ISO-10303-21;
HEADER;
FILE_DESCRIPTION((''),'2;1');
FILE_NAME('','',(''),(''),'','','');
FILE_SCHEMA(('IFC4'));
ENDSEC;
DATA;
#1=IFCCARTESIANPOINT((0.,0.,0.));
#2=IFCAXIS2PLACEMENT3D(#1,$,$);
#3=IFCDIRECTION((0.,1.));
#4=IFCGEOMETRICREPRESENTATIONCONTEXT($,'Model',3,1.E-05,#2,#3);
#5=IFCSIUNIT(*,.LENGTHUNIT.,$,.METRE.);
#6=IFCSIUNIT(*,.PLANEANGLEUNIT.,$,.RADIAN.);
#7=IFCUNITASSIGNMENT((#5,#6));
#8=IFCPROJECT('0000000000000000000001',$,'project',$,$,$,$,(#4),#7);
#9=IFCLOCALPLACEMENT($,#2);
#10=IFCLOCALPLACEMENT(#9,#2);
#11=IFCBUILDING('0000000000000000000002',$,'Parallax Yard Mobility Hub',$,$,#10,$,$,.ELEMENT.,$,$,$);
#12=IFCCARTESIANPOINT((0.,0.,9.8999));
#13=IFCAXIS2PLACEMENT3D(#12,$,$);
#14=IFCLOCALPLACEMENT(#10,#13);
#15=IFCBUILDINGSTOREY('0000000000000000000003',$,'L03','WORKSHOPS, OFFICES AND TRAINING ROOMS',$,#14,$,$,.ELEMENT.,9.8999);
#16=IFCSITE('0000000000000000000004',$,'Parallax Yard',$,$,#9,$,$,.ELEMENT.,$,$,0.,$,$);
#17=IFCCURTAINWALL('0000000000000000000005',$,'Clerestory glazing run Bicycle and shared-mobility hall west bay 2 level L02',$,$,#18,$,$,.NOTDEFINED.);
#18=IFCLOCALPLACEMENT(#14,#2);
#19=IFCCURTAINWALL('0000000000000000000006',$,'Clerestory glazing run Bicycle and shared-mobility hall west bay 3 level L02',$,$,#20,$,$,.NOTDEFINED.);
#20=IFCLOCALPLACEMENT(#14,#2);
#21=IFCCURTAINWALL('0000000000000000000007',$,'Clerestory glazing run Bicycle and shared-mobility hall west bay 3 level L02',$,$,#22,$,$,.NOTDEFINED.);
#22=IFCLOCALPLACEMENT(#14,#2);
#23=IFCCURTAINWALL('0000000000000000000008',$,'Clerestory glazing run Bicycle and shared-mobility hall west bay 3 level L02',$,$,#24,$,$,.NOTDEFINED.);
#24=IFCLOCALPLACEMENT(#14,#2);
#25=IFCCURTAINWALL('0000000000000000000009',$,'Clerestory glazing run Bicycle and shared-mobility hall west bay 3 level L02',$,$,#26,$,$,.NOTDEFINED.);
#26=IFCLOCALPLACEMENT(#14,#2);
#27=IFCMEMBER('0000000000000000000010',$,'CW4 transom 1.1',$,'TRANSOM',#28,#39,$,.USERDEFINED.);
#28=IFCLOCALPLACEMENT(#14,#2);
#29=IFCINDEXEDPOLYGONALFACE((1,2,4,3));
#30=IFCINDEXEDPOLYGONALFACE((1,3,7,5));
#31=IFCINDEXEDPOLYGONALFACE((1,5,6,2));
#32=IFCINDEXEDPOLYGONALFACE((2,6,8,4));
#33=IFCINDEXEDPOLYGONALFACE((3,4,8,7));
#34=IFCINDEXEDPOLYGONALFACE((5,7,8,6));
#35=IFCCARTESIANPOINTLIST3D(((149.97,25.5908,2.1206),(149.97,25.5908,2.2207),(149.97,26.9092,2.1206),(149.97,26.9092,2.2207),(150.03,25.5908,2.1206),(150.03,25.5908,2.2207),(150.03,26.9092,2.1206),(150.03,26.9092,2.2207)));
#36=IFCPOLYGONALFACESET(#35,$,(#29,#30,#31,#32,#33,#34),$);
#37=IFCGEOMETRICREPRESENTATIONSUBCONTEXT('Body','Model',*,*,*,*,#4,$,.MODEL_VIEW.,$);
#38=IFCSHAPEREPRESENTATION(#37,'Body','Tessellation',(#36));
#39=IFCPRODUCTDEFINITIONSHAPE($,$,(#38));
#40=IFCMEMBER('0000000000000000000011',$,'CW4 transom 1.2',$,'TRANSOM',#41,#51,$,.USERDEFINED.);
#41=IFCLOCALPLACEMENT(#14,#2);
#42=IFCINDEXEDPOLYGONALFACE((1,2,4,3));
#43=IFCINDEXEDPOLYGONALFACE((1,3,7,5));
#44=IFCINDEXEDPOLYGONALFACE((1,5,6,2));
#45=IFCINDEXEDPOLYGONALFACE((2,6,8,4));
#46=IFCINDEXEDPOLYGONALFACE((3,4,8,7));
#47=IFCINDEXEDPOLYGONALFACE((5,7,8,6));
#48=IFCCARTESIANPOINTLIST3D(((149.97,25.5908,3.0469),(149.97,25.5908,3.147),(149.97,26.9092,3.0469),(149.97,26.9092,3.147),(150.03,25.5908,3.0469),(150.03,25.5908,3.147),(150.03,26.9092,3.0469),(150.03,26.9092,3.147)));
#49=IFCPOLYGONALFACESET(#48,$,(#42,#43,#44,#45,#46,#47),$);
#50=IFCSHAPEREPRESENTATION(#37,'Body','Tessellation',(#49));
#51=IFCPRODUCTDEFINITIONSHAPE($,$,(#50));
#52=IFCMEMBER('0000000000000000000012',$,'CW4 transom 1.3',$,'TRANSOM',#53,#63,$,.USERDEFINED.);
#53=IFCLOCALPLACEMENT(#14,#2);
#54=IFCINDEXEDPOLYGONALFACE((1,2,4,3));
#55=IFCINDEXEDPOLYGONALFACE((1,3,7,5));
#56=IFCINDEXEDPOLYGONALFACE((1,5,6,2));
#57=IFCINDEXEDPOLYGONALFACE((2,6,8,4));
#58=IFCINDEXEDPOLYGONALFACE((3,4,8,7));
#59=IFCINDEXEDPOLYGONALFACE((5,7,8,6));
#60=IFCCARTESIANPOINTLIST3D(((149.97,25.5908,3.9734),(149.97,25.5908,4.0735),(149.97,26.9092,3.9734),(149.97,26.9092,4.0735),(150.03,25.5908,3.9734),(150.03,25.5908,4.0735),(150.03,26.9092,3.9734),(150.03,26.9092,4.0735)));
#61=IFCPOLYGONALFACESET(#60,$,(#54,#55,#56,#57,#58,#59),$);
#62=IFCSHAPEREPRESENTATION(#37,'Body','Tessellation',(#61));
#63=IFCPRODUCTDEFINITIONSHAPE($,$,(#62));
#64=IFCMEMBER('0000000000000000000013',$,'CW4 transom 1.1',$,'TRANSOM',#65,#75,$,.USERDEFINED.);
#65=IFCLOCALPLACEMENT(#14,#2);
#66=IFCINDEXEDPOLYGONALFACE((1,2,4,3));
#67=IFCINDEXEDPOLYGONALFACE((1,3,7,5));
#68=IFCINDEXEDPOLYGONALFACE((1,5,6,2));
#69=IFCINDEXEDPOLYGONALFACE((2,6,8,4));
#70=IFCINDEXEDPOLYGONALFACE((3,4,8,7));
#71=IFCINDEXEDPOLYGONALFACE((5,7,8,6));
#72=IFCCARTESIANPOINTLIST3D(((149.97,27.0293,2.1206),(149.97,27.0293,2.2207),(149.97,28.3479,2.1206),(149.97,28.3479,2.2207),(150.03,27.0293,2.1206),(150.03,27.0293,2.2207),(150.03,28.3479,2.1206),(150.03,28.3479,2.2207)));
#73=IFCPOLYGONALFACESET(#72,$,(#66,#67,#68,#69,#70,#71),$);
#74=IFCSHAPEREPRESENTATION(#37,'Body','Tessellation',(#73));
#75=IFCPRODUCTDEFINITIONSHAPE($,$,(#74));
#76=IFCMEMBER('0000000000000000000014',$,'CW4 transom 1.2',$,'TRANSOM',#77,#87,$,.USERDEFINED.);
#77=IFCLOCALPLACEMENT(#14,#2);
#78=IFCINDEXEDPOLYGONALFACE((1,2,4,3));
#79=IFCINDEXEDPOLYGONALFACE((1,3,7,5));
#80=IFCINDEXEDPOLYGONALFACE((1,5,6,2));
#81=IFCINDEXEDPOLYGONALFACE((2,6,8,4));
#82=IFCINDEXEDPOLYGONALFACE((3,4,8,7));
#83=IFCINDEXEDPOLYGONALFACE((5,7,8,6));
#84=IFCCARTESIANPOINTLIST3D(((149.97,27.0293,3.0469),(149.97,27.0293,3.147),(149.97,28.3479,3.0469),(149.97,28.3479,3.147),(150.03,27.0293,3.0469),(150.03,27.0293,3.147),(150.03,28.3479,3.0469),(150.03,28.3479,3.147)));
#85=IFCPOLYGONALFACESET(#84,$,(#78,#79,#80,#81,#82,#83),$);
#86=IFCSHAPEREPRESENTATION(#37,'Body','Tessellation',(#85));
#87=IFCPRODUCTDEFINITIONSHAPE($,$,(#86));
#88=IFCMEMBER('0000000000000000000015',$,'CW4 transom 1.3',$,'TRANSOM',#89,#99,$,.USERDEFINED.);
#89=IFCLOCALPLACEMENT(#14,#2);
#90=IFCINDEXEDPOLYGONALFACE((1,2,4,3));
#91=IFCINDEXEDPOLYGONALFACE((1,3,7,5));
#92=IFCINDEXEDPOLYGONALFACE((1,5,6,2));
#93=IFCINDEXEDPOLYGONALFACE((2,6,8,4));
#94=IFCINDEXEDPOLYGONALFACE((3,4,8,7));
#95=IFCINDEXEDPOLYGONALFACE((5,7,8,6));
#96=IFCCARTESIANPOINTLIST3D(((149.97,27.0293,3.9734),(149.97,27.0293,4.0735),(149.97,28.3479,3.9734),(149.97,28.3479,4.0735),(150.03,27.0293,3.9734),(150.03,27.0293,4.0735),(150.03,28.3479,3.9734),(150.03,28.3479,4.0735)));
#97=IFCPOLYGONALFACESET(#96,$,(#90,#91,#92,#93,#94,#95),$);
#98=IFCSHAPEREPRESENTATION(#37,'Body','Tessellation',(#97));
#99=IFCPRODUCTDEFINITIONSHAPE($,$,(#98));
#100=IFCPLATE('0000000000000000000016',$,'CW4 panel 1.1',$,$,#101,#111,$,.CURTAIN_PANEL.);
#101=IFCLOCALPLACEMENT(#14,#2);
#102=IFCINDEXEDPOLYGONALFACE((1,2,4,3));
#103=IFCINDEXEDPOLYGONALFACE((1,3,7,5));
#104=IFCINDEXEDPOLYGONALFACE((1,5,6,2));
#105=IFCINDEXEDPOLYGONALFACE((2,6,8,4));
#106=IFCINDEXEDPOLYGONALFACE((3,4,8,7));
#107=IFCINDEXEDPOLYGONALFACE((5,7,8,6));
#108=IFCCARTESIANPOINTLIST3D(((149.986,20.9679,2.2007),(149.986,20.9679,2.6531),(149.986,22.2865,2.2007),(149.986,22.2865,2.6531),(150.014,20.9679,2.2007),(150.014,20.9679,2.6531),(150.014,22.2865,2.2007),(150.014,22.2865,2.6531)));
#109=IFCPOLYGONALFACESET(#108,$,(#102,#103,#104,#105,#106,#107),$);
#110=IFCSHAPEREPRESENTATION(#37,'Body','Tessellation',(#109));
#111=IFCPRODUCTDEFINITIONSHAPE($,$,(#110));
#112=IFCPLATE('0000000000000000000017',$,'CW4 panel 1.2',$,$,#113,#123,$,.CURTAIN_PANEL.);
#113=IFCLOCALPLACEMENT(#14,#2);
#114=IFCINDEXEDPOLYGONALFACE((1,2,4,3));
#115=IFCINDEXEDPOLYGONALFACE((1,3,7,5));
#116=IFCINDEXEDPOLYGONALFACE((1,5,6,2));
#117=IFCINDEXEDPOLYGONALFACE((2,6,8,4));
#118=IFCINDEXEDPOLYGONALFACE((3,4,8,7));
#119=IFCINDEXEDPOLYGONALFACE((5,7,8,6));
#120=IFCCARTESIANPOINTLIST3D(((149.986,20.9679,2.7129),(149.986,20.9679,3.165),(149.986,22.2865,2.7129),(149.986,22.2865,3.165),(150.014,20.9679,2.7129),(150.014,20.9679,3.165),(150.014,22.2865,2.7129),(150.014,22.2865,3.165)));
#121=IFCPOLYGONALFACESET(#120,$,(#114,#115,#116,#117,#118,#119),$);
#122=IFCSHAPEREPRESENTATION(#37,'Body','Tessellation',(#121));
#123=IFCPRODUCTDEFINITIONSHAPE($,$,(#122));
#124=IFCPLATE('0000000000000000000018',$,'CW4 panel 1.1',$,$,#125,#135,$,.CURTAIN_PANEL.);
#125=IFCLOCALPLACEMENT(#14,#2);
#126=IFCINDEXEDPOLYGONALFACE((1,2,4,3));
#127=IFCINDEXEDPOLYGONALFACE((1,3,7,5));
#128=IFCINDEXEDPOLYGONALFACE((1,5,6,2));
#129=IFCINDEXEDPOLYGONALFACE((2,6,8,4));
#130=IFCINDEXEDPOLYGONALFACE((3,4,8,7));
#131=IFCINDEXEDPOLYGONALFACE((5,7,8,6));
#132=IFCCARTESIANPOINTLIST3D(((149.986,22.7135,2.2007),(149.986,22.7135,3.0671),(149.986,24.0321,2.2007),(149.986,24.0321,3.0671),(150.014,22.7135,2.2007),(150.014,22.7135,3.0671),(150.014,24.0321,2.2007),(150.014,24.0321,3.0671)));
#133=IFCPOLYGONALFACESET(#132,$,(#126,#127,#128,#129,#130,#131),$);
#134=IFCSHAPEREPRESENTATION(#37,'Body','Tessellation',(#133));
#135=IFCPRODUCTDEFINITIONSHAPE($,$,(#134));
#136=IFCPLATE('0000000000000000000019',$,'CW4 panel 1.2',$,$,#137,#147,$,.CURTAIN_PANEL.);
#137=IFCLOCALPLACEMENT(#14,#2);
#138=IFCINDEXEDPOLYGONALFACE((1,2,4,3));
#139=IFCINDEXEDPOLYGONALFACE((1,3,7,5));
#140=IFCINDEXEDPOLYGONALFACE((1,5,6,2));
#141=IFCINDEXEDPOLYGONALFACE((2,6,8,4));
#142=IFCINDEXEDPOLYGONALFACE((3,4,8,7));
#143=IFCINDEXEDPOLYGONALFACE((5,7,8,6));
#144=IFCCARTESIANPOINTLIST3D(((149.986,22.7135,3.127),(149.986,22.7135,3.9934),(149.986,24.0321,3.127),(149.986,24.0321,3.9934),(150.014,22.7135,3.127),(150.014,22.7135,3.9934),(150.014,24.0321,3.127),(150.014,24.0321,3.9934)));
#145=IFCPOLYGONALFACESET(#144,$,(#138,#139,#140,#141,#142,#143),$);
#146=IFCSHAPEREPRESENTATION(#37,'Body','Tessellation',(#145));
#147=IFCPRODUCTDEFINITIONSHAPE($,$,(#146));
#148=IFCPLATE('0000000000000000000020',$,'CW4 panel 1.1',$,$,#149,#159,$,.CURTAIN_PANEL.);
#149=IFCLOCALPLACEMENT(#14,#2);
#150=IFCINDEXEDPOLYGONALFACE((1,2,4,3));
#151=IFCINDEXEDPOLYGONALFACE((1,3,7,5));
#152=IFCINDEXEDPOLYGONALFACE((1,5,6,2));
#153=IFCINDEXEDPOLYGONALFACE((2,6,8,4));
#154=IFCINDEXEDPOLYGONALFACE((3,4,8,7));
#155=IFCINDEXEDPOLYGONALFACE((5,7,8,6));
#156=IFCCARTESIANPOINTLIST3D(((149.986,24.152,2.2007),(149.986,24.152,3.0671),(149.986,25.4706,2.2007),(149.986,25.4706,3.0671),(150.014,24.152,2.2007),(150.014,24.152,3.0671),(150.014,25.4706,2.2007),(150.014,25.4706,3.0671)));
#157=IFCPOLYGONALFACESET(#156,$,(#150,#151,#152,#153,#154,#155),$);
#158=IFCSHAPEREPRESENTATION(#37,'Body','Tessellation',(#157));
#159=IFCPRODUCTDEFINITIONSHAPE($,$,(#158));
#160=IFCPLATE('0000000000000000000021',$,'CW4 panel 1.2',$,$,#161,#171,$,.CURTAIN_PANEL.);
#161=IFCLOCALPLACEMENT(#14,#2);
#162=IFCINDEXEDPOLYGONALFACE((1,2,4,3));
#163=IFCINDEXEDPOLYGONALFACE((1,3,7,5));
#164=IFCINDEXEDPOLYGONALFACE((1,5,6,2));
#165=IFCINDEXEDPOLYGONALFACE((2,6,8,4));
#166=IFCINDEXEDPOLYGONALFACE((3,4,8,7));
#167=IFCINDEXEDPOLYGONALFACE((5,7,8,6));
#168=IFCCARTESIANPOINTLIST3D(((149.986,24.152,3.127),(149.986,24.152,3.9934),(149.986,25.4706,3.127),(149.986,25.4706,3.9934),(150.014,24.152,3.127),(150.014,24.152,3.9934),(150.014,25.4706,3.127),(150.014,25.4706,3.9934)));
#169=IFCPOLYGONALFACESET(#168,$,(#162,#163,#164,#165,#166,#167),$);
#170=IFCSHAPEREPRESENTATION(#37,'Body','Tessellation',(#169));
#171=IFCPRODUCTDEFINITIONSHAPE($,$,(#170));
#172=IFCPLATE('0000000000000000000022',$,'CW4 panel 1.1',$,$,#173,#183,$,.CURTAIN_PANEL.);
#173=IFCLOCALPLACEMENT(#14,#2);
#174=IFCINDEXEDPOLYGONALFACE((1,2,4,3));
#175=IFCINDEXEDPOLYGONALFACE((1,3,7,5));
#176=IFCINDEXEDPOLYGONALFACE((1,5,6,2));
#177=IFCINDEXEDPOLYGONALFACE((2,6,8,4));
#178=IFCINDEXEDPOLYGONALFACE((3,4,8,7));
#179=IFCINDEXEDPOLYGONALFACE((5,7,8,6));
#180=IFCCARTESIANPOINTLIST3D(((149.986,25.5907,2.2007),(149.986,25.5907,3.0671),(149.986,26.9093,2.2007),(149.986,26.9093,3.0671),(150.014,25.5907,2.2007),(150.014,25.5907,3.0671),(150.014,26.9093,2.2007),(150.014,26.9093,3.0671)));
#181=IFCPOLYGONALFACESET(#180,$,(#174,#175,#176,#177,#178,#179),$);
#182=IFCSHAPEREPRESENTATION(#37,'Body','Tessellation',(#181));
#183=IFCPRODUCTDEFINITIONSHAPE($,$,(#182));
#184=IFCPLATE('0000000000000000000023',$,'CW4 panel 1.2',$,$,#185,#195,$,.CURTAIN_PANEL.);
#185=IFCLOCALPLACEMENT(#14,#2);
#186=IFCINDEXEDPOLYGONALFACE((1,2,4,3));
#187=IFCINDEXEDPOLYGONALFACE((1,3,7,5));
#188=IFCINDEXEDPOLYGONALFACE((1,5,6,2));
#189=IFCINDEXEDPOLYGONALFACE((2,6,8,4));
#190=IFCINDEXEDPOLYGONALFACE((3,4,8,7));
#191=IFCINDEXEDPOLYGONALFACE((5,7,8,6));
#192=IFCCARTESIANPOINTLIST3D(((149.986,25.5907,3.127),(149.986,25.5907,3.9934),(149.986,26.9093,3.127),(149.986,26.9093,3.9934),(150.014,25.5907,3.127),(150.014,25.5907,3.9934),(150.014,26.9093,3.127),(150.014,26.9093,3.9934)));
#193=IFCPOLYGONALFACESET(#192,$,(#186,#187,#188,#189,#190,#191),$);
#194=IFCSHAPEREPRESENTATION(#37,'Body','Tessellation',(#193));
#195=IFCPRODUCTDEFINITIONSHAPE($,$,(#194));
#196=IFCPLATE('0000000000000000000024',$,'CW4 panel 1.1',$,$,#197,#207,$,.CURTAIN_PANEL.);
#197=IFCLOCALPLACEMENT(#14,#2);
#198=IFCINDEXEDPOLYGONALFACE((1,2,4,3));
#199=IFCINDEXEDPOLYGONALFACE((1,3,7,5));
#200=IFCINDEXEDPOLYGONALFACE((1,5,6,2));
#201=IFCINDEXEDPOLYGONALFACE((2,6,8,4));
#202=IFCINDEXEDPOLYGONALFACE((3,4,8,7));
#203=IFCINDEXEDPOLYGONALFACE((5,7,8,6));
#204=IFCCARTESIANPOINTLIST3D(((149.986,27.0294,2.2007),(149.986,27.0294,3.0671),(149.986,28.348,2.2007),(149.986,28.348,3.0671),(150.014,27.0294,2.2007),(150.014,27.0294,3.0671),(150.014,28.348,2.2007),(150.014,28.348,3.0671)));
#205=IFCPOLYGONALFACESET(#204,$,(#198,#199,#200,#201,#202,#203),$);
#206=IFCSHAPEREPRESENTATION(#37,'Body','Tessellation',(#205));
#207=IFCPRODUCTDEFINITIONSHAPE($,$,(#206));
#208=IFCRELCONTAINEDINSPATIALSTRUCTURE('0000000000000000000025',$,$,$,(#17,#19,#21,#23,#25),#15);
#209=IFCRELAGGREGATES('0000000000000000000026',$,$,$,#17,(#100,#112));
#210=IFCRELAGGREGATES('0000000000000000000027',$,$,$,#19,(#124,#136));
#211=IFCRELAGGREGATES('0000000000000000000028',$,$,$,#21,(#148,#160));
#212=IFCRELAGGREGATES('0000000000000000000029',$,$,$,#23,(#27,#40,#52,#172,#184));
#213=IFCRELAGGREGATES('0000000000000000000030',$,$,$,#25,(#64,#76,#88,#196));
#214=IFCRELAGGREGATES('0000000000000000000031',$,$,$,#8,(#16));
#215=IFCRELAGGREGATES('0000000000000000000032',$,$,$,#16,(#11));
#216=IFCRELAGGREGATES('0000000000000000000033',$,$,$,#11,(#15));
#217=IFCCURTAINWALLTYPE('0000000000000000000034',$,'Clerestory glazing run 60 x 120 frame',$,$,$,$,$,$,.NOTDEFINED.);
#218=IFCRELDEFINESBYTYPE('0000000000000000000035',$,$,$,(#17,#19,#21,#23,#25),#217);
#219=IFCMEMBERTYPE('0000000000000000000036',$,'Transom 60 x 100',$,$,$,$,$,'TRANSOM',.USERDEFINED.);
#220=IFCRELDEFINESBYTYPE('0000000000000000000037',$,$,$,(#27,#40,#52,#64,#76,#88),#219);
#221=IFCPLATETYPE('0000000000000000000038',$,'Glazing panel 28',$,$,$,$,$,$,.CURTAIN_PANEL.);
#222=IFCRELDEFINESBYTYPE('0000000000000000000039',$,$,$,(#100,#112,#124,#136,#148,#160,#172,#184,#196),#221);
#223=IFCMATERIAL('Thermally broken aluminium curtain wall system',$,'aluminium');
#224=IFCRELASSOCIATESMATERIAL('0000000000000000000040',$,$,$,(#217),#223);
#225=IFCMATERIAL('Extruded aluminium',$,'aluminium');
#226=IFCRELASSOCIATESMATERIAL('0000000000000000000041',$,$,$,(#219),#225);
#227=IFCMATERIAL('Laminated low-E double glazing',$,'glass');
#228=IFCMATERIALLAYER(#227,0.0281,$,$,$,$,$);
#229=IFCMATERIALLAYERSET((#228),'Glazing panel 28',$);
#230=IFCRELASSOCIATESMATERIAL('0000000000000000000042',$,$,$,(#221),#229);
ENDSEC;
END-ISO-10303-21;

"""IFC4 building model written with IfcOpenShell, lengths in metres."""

from ifc_helpers import new_model, si_unit, direction, frame, origin, origin_2d, place, context, subcontext, project, spatial, rectangle, extrude, material, layer, layer_set, material_profile, profile_set, type_object, element, aggregate, save


model = new_model("IFC4")

# Units and contexts
model_context = context("Model", 3, precision=1e-05, world=origin(), true_north=direction((0.0, 1.0)))
body_context = subcontext(model_context, "Body", "Model", "MODEL_VIEW")
ifc_project = project(units=[si_unit("LENGTHUNIT", "METRE"), si_unit("PLANEANGLEUNIT", "RADIAN")], contexts=[model_context])

# Site, building, storey
site_placement = place(None, origin())
site = spatial("IfcSite", under=ifc_project, at=site_placement, Name="Parallax Yard", CompositionType="ELEMENT", RefElevation=0.0)
building_placement = place(site_placement, origin())
building = spatial("IfcBuilding", under=site, at=building_placement, Name="Parallax Yard Mobility Hub", CompositionType="ELEMENT")
storey_placement = place(building_placement, frame((0.0, 0.0, 9.8999)))
storey = spatial("IfcBuildingStorey", under=building, at=storey_placement, Name="L03", Description="WORKSHOPS, OFFICES AND TRAINING ROOMS", CompositionType="ELEMENT", Elevation=9.8999)

# Curtain wall
ifc_material_1 = material(Name="Thermally broken aluminium curtain wall system", Category="aluminium")
curtain_wall_type = type_object("IfcCurtainWallType", Name="Clerestory glazing run 60 x 120 frame", PredefinedType="NOTDEFINED", material=ifc_material_1)
curtain_wall_1_placement = place(storey_placement, origin())
curtain_wall_1 = element("IfcCurtainWall", 1, at=curtain_wall_1_placement, inside=storey, type_object=curtain_wall_type, Name="Clerestory glazing run Bicycle and shared-mobility hall west bay 2 level L02", PredefinedType="NOTDEFINED")
ifc_material_2 = material(Name="Extruded aluminium", Category="aluminium")

# Curtain walls
curtain_wall_2_placement = place(storey_placement, origin())
curtain_wall_2 = element("IfcCurtainWall", 2, at=curtain_wall_2_placement, inside=storey, type_object=curtain_wall_type, Name="Clerestory glazing run Bicycle and shared-mobility hall west bay 3 level L02", PredefinedType="NOTDEFINED")
curtain_wall_3_placement = place(storey_placement, origin())
curtain_wall_3 = element("IfcCurtainWall", 3, at=curtain_wall_3_placement, inside=storey, type_object=curtain_wall_type, Name="Clerestory glazing run Bicycle and shared-mobility hall west bay 3 level L02", PredefinedType="NOTDEFINED")
curtain_wall_4_placement = place(storey_placement, origin())
curtain_wall_4 = element("IfcCurtainWall", 4, at=curtain_wall_4_placement, inside=storey, type_object=curtain_wall_type, Name="Clerestory glazing run Bicycle and shared-mobility hall west bay 3 level L02", PredefinedType="NOTDEFINED")
curtain_wall_5_placement = place(storey_placement, origin())
curtain_wall_5 = element("IfcCurtainWall", 5, at=curtain_wall_5_placement, inside=storey, type_object=curtain_wall_type, Name="Clerestory glazing run Bicycle and shared-mobility hall west bay 3 level L02", PredefinedType="NOTDEFINED")

# Members
ifc_material_profile_1 = material_profile(ifc_material_2, rectangle(XDim=0.0601, YDim=0.1001, at=origin_2d()), Name="Transom 60 x 100")
ifc_profile_set_1 = profile_set([ifc_material_profile_1], Name="Extruded aluminium")
member_type_1 = type_object("IfcMemberType", Name="Transom 60 x 100", ElementType="TRANSOM", PredefinedType="USERDEFINED", material=ifc_profile_set_1)
member_1_placement = place(storey_placement, frame((150.0, 25.5908, 2.1707), z_axis=(0.0, 1.0, 0.0), x_axis=(-1.0, 0.0, 0.0)))
member_1 = element("IfcMember", 6, at=member_1_placement, type_object=member_type_1, Name="CW4 transom 1.1", ObjectType="TRANSOM", PredefinedType="USERDEFINED", context=body_context, shape_type="SweptSolid", body=[
    extrude(rectangle(XDim=0.0601, YDim=0.1001, at=origin_2d()), origin(), (0.0, 0.0, 1.0), 1.3184),
])
member_2_placement = place(storey_placement, frame((150.0, 25.5908, 3.0969), z_axis=(0.0, 1.0, 0.0), x_axis=(-1.0, 0.0, 0.0)))
member_2 = element("IfcMember", 7, at=member_2_placement, type_object=member_type_1, Name="CW4 transom 1.2", ObjectType="TRANSOM", PredefinedType="USERDEFINED", context=body_context, shape_type="SweptSolid", body=[
    extrude(rectangle(XDim=0.0601, YDim=0.1001, at=origin_2d()), origin(), (0.0, 0.0, 1.0), 1.3184),
])
member_3_placement = place(storey_placement, frame((150.0, 25.5908, 4.0234), z_axis=(0.0, 1.0, 0.0), x_axis=(-1.0, 0.0, 0.0)))
member_3 = element("IfcMember", 8, at=member_3_placement, type_object=member_type_1, Name="CW4 transom 1.3", ObjectType="TRANSOM", PredefinedType="USERDEFINED", context=body_context, shape_type="SweptSolid", body=[
    extrude(rectangle(XDim=0.0601, YDim=0.1001, at=origin_2d()), origin(), (0.0, 0.0, 1.0), 1.3184),
])
member_4_placement = place(storey_placement, frame((150.0, 27.0293, 2.1707), z_axis=(0.0, 1.0, 0.0), x_axis=(-1.0, 0.0, 0.0)))
member_4 = element("IfcMember", 9, at=member_4_placement, type_object=member_type_1, Name="CW4 transom 1.1", ObjectType="TRANSOM", PredefinedType="USERDEFINED", context=body_context, shape_type="SweptSolid", body=[
    extrude(rectangle(XDim=0.0601, YDim=0.1001, at=origin_2d()), origin(), (0.0, 0.0, 1.0), 1.3186),
])
member_5_placement = place(storey_placement, frame((150.0, 27.0293, 3.0969), z_axis=(0.0, 1.0, 0.0), x_axis=(-1.0, 0.0, 0.0)))
member_5 = element("IfcMember", 10, at=member_5_placement, type_object=member_type_1, Name="CW4 transom 1.2", ObjectType="TRANSOM", PredefinedType="USERDEFINED", context=body_context, shape_type="SweptSolid", body=[
    extrude(rectangle(XDim=0.0601, YDim=0.1001, at=origin_2d()), origin(), (0.0, 0.0, 1.0), 1.3186),
])
member_6_placement = place(storey_placement, frame((150.0, 27.0293, 4.0234), z_axis=(0.0, 1.0, 0.0), x_axis=(-1.0, 0.0, 0.0)))
member_6 = element("IfcMember", 11, at=member_6_placement, type_object=member_type_1, Name="CW4 transom 1.3", ObjectType="TRANSOM", PredefinedType="USERDEFINED", context=body_context, shape_type="SweptSolid", body=[
    extrude(rectangle(XDim=0.0601, YDim=0.1001, at=origin_2d()), origin(), (0.0, 0.0, 1.0), 1.3186),
])

# Plates
ifc_material_3 = material(Name="Laminated low-E double glazing", Category="glass")
ifc_layer = layer(ifc_material_3, 0.0281)
ifc_layer_set = layer_set([ifc_layer], Name="Glazing panel 28")
plate_type = type_object("IfcPlateType", Name="Glazing panel 28", PredefinedType="CURTAIN_PANEL", material=ifc_layer_set)
plate_1_placement = place(storey_placement, frame((150.0, 21.6272, 2.2007), z_axis=(0.0, 0.0, 1.0), x_axis=(0.0, 1.0, 0.0)))
plate_1 = element("IfcPlate", 12, at=plate_1_placement, type_object=plate_type, Name="CW4 panel 1.1", PredefinedType="CURTAIN_PANEL", context=body_context, shape_type="SweptSolid", body=[
    extrude(rectangle(XDim=1.3186, YDim=0.0281, at=origin_2d()), origin(), (0.0, 0.0, 1.0), 0.4524),
])
plate_2_placement = place(storey_placement, frame((150.0, 21.6272, 2.7129), z_axis=(0.0, 0.0, 1.0), x_axis=(0.0, 1.0, 0.0)))
plate_2 = element("IfcPlate", 13, at=plate_2_placement, type_object=plate_type, Name="CW4 panel 1.2", PredefinedType="CURTAIN_PANEL", context=body_context, shape_type="SweptSolid", body=[
    extrude(rectangle(XDim=1.3186, YDim=0.0281, at=origin_2d()), origin(), (0.0, 0.0, 1.0), 0.4521),
])
aggregate(curtain_wall_1, [plate_1, plate_2])
plate_3_placement = place(storey_placement, frame((150.0, 23.3728, 2.2007), z_axis=(0.0, 0.0, 1.0), x_axis=(0.0, 1.0, 0.0)))
plate_3 = element("IfcPlate", 14, at=plate_3_placement, type_object=plate_type, Name="CW4 panel 1.1", PredefinedType="CURTAIN_PANEL", context=body_context, shape_type="SweptSolid", body=[
    extrude(rectangle(XDim=1.3186, YDim=0.0281, at=origin_2d()), origin(), (0.0, 0.0, 1.0), 0.8665),
])
plate_4_placement = place(storey_placement, frame((150.0, 23.3728, 3.127), z_axis=(0.0, 0.0, 1.0), x_axis=(0.0, 1.0, 0.0)))
plate_4 = element("IfcPlate", 15, at=plate_4_placement, type_object=plate_type, Name="CW4 panel 1.2", PredefinedType="CURTAIN_PANEL", context=body_context, shape_type="SweptSolid", body=[
    extrude(rectangle(XDim=1.3186, YDim=0.0281, at=origin_2d()), origin(), (0.0, 0.0, 1.0), 0.8665),
])
aggregate(curtain_wall_2, [plate_3, plate_4])
plate_5_placement = place(storey_placement, frame((150.0, 24.8113, 2.2007), z_axis=(0.0, 0.0, 1.0), x_axis=(0.0, 1.0, 0.0)))
plate_5 = element("IfcPlate", 16, at=plate_5_placement, type_object=plate_type, Name="CW4 panel 1.1", PredefinedType="CURTAIN_PANEL", context=body_context, shape_type="SweptSolid", body=[
    extrude(rectangle(XDim=1.3186, YDim=0.0281, at=origin_2d()), origin(), (0.0, 0.0, 1.0), 0.8665),
])
plate_6_placement = place(storey_placement, frame((150.0, 24.8113, 3.127), z_axis=(0.0, 0.0, 1.0), x_axis=(0.0, 1.0, 0.0)))
plate_6 = element("IfcPlate", 17, at=plate_6_placement, type_object=plate_type, Name="CW4 panel 1.2", PredefinedType="CURTAIN_PANEL", context=body_context, shape_type="SweptSolid", body=[
    extrude(rectangle(XDim=1.3186, YDim=0.0281, at=origin_2d()), origin(), (0.0, 0.0, 1.0), 0.8665),
])
aggregate(curtain_wall_3, [plate_5, plate_6])
plate_7_placement = place(storey_placement, frame((150.0, 26.25, 2.2007), z_axis=(0.0, 0.0, 1.0), x_axis=(0.0, 1.0, 0.0)))
plate_7 = element("IfcPlate", 18, at=plate_7_placement, type_object=plate_type, Name="CW4 panel 1.1", PredefinedType="CURTAIN_PANEL", context=body_context, shape_type="SweptSolid", body=[
    extrude(rectangle(XDim=1.3186, YDim=0.0281, at=origin_2d()), origin(), (0.0, 0.0, 1.0), 0.8665),
])
plate_8_placement = place(storey_placement, frame((150.0, 26.25, 3.127), z_axis=(0.0, 0.0, 1.0), x_axis=(0.0, 1.0, 0.0)))
plate_8 = element("IfcPlate", 19, at=plate_8_placement, type_object=plate_type, Name="CW4 panel 1.2", PredefinedType="CURTAIN_PANEL", context=body_context, shape_type="SweptSolid", body=[
    extrude(rectangle(XDim=1.3186, YDim=0.0281, at=origin_2d()), origin(), (0.0, 0.0, 1.0), 0.8665),
])
aggregate(curtain_wall_4, [member_1, member_2, member_3, plate_7, plate_8])
plate_9_placement = place(storey_placement, frame((150.0, 27.6887, 2.2007), z_axis=(0.0, 0.0, 1.0), x_axis=(0.0, 1.0, 0.0)))
plate_9 = element("IfcPlate", 20, at=plate_9_placement, type_object=plate_type, Name="CW4 panel 1.1", PredefinedType="CURTAIN_PANEL", context=body_context, shape_type="SweptSolid", body=[
    extrude(rectangle(XDim=1.3186, YDim=0.0281, at=origin_2d()), origin(), (0.0, 0.0, 1.0), 0.8665),
])
aggregate(curtain_wall_5, [member_4, member_5, member_6, plate_9])

save(model, "model.ifc")
